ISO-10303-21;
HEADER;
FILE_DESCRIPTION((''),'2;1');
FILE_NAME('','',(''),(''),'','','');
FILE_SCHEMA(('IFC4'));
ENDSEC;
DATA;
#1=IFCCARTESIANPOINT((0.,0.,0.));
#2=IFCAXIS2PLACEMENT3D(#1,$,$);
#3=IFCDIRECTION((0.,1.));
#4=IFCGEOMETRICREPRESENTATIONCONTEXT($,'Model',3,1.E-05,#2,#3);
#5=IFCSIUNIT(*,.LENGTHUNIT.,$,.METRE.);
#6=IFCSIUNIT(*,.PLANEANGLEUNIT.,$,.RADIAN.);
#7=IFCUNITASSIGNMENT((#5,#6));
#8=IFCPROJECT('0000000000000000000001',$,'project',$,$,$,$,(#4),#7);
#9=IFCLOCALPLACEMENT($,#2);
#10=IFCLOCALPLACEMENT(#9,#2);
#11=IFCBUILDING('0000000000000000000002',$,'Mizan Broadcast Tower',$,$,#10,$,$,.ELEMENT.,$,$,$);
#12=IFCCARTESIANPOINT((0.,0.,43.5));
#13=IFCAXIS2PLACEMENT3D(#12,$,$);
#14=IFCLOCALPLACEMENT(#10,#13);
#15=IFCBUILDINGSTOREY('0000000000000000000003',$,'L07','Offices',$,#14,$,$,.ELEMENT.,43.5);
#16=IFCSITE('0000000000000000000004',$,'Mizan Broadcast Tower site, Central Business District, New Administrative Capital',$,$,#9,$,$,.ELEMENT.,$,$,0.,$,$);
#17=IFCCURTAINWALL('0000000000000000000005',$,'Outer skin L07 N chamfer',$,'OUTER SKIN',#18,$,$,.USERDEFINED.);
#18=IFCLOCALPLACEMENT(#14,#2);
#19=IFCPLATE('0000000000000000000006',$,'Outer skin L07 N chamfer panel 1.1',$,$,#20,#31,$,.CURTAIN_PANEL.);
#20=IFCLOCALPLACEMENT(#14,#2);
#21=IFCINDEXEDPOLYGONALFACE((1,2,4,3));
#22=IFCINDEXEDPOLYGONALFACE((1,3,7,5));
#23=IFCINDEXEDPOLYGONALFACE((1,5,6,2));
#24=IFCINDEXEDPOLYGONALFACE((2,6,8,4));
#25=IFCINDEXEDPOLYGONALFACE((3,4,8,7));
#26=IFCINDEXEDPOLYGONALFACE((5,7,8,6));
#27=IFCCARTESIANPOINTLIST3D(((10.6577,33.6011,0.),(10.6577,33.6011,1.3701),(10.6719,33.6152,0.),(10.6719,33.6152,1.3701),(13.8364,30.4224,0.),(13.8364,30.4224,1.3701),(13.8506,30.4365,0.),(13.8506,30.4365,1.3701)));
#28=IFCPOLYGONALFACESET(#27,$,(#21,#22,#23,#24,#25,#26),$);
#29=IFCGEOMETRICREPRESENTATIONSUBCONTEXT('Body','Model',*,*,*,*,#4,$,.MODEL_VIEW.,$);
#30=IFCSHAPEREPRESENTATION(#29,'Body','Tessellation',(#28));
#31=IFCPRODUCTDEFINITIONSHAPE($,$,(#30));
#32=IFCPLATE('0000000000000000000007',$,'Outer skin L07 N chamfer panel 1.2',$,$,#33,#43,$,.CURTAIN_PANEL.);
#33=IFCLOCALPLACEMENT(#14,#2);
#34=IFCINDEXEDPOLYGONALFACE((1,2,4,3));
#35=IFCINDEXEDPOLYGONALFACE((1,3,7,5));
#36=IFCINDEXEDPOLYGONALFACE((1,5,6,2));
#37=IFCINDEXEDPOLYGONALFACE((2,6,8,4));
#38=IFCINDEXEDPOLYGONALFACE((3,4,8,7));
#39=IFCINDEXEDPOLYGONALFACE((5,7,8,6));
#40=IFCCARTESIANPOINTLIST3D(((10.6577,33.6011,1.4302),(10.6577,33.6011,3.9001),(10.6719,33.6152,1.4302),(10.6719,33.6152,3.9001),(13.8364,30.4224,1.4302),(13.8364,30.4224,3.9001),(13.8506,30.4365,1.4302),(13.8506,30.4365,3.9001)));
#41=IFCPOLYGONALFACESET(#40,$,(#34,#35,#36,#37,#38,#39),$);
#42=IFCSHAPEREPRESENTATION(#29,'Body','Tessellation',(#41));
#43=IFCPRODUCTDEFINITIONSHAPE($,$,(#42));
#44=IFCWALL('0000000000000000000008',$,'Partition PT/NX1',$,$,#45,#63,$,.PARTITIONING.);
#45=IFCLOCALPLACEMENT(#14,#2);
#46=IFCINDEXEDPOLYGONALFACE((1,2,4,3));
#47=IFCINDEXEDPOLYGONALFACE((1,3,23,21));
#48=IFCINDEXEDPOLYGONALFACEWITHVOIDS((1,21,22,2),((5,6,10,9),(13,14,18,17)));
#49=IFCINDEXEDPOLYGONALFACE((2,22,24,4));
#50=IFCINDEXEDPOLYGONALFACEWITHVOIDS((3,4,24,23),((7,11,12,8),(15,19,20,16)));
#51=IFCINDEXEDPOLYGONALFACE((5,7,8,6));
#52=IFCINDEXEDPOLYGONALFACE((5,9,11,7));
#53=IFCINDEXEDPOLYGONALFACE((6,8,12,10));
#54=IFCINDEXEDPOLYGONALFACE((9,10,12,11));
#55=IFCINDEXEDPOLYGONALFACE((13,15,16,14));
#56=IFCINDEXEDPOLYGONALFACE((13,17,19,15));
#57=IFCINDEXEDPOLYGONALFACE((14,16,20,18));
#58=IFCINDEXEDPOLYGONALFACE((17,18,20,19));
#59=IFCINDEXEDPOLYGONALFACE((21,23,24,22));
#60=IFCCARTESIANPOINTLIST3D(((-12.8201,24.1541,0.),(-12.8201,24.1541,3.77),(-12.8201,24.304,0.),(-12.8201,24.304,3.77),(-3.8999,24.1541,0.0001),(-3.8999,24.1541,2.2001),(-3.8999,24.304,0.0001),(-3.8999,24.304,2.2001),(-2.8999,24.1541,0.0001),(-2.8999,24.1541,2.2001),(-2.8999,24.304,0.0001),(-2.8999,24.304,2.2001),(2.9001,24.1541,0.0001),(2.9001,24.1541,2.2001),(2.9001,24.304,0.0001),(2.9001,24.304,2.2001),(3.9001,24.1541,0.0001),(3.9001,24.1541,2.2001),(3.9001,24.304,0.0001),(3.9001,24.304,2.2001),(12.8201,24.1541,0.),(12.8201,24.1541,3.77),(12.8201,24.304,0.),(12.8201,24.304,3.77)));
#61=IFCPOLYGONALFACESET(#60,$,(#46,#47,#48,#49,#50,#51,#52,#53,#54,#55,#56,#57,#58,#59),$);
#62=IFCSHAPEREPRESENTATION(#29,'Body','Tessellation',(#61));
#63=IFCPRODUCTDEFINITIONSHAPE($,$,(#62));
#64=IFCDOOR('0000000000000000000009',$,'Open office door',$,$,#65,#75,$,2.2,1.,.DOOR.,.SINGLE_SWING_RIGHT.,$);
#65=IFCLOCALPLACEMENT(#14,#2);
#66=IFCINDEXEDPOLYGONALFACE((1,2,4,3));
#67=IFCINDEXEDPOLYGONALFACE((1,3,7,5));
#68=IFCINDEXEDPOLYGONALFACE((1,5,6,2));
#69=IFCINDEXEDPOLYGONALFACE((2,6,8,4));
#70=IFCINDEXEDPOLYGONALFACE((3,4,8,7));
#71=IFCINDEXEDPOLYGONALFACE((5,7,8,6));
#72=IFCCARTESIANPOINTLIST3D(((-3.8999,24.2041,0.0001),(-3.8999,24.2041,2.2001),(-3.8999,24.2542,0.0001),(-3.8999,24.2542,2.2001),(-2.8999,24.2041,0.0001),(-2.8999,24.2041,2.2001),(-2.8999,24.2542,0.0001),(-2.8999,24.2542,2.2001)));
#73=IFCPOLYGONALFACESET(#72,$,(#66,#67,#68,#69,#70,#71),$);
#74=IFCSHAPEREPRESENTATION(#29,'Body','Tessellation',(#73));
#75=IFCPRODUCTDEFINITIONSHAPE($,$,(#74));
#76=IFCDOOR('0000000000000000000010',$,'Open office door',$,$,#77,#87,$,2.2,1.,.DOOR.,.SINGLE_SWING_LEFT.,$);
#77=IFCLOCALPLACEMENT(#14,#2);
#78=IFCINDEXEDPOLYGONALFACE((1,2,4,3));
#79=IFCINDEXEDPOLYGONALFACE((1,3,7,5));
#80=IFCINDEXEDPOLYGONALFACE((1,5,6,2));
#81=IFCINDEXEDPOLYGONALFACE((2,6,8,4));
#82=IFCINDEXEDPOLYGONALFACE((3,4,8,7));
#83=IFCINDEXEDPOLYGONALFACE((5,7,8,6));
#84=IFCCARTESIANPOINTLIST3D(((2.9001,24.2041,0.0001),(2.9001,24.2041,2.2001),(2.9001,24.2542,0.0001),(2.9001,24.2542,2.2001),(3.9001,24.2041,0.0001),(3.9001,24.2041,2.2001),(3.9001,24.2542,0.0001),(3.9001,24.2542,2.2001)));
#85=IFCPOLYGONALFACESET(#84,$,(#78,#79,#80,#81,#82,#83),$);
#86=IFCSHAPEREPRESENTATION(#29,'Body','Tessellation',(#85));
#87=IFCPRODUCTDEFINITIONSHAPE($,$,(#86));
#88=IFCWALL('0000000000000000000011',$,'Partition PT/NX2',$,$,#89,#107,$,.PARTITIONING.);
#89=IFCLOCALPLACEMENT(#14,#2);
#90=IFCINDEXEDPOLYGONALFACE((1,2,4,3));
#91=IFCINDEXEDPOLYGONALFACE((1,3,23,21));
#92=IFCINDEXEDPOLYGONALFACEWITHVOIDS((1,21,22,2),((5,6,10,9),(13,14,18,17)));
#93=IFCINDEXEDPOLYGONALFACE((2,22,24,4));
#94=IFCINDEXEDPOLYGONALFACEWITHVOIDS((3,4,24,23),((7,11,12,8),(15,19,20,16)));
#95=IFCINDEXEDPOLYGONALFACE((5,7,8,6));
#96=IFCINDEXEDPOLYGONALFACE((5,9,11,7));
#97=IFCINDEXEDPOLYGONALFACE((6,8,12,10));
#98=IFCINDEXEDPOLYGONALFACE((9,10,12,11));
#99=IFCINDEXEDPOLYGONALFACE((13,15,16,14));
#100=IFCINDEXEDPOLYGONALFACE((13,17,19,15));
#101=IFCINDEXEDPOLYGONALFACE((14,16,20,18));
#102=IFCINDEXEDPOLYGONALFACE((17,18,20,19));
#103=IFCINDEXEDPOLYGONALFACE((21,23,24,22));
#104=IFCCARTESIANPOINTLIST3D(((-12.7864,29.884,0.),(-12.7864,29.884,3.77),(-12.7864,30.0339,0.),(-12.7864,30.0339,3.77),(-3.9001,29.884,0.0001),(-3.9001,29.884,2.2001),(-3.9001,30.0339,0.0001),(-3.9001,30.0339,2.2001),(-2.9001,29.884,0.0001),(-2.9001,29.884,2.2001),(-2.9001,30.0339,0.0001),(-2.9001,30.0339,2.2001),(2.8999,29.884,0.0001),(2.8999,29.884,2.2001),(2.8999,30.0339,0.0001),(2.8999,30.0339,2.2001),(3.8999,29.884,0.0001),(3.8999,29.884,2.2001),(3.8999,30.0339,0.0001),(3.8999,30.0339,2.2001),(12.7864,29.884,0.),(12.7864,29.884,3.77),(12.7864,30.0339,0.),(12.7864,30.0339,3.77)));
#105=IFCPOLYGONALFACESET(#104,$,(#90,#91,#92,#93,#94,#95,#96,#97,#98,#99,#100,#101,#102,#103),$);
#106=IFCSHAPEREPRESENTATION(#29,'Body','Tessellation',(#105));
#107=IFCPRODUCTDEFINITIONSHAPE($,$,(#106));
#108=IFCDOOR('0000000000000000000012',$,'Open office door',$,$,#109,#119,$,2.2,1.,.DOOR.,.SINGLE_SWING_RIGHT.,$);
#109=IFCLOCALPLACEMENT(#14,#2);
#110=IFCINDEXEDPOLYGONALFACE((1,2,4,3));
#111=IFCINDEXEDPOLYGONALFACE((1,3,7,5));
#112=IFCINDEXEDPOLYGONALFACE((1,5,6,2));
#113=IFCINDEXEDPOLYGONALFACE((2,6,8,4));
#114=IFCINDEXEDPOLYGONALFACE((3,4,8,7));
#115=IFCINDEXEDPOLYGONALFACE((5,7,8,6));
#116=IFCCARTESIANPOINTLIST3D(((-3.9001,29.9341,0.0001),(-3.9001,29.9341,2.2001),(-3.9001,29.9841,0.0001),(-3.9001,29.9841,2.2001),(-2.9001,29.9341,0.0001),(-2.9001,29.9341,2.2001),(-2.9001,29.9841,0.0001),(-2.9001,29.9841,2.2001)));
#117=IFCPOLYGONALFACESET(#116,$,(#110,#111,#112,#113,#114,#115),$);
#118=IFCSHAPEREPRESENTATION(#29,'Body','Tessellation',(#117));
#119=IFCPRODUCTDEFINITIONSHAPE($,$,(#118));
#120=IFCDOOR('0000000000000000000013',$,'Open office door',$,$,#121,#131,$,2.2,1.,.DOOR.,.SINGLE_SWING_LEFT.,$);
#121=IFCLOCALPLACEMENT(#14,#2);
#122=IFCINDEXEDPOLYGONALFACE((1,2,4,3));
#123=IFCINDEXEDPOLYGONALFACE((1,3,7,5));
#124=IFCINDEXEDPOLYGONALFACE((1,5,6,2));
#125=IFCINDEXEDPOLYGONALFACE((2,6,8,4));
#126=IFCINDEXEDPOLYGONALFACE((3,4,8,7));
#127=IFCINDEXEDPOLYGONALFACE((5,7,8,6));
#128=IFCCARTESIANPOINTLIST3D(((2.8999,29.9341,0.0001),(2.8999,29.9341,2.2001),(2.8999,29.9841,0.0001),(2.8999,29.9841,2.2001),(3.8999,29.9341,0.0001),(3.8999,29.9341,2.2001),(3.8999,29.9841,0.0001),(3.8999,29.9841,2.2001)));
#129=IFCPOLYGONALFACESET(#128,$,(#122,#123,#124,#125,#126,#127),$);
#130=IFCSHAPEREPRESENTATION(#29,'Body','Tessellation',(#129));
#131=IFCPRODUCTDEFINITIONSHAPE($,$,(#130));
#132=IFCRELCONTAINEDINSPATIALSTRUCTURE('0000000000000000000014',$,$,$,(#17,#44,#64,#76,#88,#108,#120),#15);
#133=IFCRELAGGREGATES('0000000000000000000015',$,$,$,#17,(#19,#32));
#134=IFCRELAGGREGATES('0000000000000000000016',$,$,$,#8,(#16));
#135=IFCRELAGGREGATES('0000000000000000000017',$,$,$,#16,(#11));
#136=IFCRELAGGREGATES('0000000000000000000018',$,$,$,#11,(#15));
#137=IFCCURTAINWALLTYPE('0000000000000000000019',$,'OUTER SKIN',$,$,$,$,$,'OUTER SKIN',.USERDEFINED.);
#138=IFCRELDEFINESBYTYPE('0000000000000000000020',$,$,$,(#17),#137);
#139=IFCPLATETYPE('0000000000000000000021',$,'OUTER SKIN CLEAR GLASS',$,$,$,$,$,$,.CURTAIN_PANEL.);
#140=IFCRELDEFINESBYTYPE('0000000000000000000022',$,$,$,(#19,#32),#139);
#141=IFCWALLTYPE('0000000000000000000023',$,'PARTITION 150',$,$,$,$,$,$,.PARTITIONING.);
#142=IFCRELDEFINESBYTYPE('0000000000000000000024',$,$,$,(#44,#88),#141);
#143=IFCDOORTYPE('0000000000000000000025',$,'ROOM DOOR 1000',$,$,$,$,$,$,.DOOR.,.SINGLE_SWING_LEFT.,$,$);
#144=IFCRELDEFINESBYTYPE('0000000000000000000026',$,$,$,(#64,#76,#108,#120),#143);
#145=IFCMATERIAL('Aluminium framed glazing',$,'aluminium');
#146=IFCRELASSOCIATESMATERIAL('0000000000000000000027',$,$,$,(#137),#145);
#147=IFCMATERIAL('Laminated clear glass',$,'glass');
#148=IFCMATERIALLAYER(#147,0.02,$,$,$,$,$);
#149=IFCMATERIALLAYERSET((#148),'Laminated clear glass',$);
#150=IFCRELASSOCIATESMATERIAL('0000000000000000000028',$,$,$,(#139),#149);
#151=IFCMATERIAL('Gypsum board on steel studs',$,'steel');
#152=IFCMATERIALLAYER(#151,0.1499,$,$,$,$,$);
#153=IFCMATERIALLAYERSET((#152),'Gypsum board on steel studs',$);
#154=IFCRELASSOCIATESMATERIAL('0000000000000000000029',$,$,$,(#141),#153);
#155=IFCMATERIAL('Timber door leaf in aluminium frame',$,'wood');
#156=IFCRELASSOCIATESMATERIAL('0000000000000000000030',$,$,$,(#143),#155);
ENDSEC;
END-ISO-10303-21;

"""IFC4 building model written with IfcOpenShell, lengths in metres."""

from ifc_helpers import new_model, si_unit, direction, frame, frame_2d, origin, origin_2d, place, context, subcontext, project, spatial, rectangle, extrude, material, layer, layer_set, type_object, element, fill, aggregate, save


model = new_model("IFC4")

# Units and contexts
model_context = context("Model", 3, precision=1e-05, world=origin(), true_north=direction((0.0, 1.0)))
body_context = subcontext(model_context, "Body", "Model", "MODEL_VIEW")
ifc_project = project(units=[si_unit("LENGTHUNIT", "METRE"), si_unit("PLANEANGLEUNIT", "RADIAN")], contexts=[model_context])

# Site, building, storey
site_placement = place(None, origin())
site = spatial("IfcSite", under=ifc_project, at=site_placement, Name="Mizan Broadcast Tower site, Central Business District, New Administrative Capital", CompositionType="ELEMENT", RefElevation=0.0)
building_placement = place(site_placement, origin())
building = spatial("IfcBuilding", under=site, at=building_placement, Name="Mizan Broadcast Tower", CompositionType="ELEMENT")
storey_placement = place(building_placement, frame((0.0, 0.0, 43.5)))
storey = spatial("IfcBuildingStorey", under=building, at=storey_placement, Name="L07", Description="Offices", CompositionType="ELEMENT", Elevation=43.5)

# Curtain wall
ifc_material_1 = material(Name="Aluminium framed glazing", Category="aluminium")
curtain_wall_type_1 = type_object("IfcCurtainWallType", Name="OUTER SKIN", ElementType="OUTER SKIN", PredefinedType="USERDEFINED", material=ifc_material_1)
curtain_wall_1_placement = place(storey_placement, origin())
curtain_wall_1 = element("IfcCurtainWall", 1, at=curtain_wall_1_placement, inside=storey, type_object=curtain_wall_type_1, Name="Outer skin L07 N chamfer", ObjectType="OUTER SKIN", PredefinedType="USERDEFINED")

# Plates
ifc_material_2 = material(Name="Laminated clear glass", Category="glass")
ifc_layer_1 = layer(ifc_material_2, 0.02)
ifc_layer_set_1 = layer_set([ifc_layer_1], Name="Laminated clear glass")
plate_type_1 = type_object("IfcPlateType", Name="OUTER SKIN CLEAR GLASS", PredefinedType="CURTAIN_PANEL", material=ifc_layer_set_1)
plate_1_placement = place(storey_placement, frame((12.2542, 32.0188, 0.0), z_axis=(0.0, 0.0, 1.0), x_axis=(-0.707107, 0.707107, 0.0)))
plate_1 = element("IfcPlate", 2, at=plate_1_placement, type_object=plate_type_1, Name="Outer skin L07 N chamfer panel 1.1", PredefinedType="CURTAIN_PANEL", context=body_context, shape_type="SweptSolid", body=[
    extrude(rectangle(XDim=4.4954, YDim=0.02, at=origin_2d()), origin(), (0.0, 0.0, 1.0), 1.3701),
])
plate_2_placement = place(storey_placement, frame((12.2542, 32.0188, 1.4302), z_axis=(0.0, 0.0, 1.0), x_axis=(-0.707107, 0.707107, 0.0)))
plate_2 = element("IfcPlate", 3, at=plate_2_placement, type_object=plate_type_1, Name="Outer skin L07 N chamfer panel 1.2", PredefinedType="CURTAIN_PANEL", context=body_context, shape_type="SweptSolid", body=[
    extrude(rectangle(XDim=4.4954, YDim=0.02, at=origin_2d()), origin(), (0.0, 0.0, 1.0), 2.47),
])
aggregate(curtain_wall_1, [plate_1, plate_2])

# Walls, openings, doors
ifc_material_3 = material(Name="Gypsum board on steel studs", Category="steel")
ifc_layer_2 = layer(ifc_material_3, 0.1499)
ifc_layer_set_2 = layer_set([ifc_layer_2], Name="Gypsum board on steel studs")
wall_type = type_object("IfcWallType", Name="PARTITION 150", PredefinedType="PARTITIONING", material=ifc_layer_set_2)
wall_1_placement = place(storey_placement, frame((12.8201, 24.229, 0.0), z_axis=(0.0, 0.0, 1.0), x_axis=(-1.0, 0.0, 0.0)))
wall_1 = element("IfcWall", 4, at=wall_1_placement, inside=storey, type_object=wall_type, Name="Partition PT/NX1", PredefinedType="PARTITIONING", context=body_context, shape_type="SweptSolid", body=[
    extrude(rectangle(XDim=25.6401, YDim=0.1499, at=frame_2d((12.8201, 0.0))), origin(), (0.0, 0.0, 1.0), 3.77),
])
opening_1_placement = place(wall_1_placement, frame((15.72, 0.0, 0.0)))
opening_1 = element("IfcOpeningElement", 5, at=opening_1_placement, cuts=wall_1, PredefinedType="OPENING", context=body_context, shape_type="SweptSolid", body=[
    extrude(rectangle(XDim=1.0, YDim=2.2, at=frame_2d((0.5, 1.1001))), frame((0.0, 0.085, 0.0), z_axis=(0.0, -1.0, 0.0), x_axis=(1.0, 0.0, 0.0)), (0.0, 0.0, 1.0), 0.1699),
])
opening_2_placement = place(wall_1_placement, frame((8.9199, 0.0, 0.0)))
opening_2 = element("IfcOpeningElement", 6, at=opening_2_placement, cuts=wall_1, PredefinedType="OPENING", context=body_context, shape_type="SweptSolid", body=[
    extrude(rectangle(XDim=1.0, YDim=2.2, at=frame_2d((0.5, 1.1001))), frame((0.0, 0.085, 0.0), z_axis=(0.0, -1.0, 0.0), x_axis=(1.0, 0.0, 0.0)), (0.0, 0.0, 1.0), 0.1699),
])
ifc_material_4 = material(Name="Timber door leaf in aluminium frame", Category="wood")
door_type = type_object("IfcDoorType", Name="ROOM DOOR 1000", OperationType="SINGLE_SWING_LEFT", PredefinedType="DOOR", material=ifc_material_4)
door_1_placement = place(opening_1_placement, origin())
door_1 = element("IfcDoor", 7, at=door_1_placement, inside=storey, type_object=door_type, Name="Open office door", OperationType="SINGLE_SWING_RIGHT", OverallHeight=2.2, OverallWidth=1.0, PredefinedType="DOOR", context=body_context, shape_type="SweptSolid", body=[
    extrude(rectangle(XDim=1.0, YDim=2.2, at=frame_2d((0.5, 1.1001))), frame((0.0, 0.0249, 0.0), z_axis=(0.0, -1.0, 0.0), x_axis=(1.0, 0.0, 0.0)), (0.0, 0.0, 1.0), 0.05),
])
fill(opening_1, door_1)
door_2_placement = place(opening_2_placement, origin())
door_2 = element("IfcDoor", 8, at=door_2_placement, inside=storey, type_object=door_type, Name="Open office door", OperationType="SINGLE_SWING_LEFT", OverallHeight=2.2, OverallWidth=1.0, PredefinedType="DOOR", context=body_context, shape_type="SweptSolid", body=[
    extrude(rectangle(XDim=1.0, YDim=2.2, at=frame_2d((0.5, 1.1001))), frame((0.0, 0.0249, 0.0), z_axis=(0.0, -1.0, 0.0), x_axis=(1.0, 0.0, 0.0)), (0.0, 0.0, 1.0), 0.05),
])
fill(opening_2, door_2)
wall_2_placement = place(storey_placement, frame((12.7864, 29.959, 0.0), z_axis=(0.0, 0.0, 1.0), x_axis=(-1.0, 0.0, 0.0)))
wall_2 = element("IfcWall", 9, at=wall_2_placement, inside=storey, type_object=wall_type, Name="Partition PT/NX2", PredefinedType="PARTITIONING", context=body_context, shape_type="SweptSolid", body=[
    extrude(rectangle(XDim=25.5728, YDim=0.1499, at=frame_2d((12.7864, 0.0))), origin(), (0.0, 0.0, 1.0), 3.77),
])
opening_3_placement = place(wall_2_placement, frame((15.6865, 0.0, 0.0)))
opening_3 = element("IfcOpeningElement", 10, at=opening_3_placement, cuts=wall_2, PredefinedType="OPENING", context=body_context, shape_type="SweptSolid", body=[
    extrude(rectangle(XDim=1.0, YDim=2.2, at=frame_2d((0.5, 1.1001))), frame((0.0, 0.085, 0.0), z_axis=(0.0, -1.0, 0.0), x_axis=(1.0, 0.0, 0.0)), (0.0, 0.0, 1.0), 0.1699),
])
opening_4_placement = place(wall_2_placement, frame((8.8865, 0.0, 0.0)))
opening_4 = element("IfcOpeningElement", 11, at=opening_4_placement, cuts=wall_2, PredefinedType="OPENING", context=body_context, shape_type="SweptSolid", body=[
    extrude(rectangle(XDim=1.0, YDim=2.2, at=frame_2d((0.5, 1.1001))), frame((0.0, 0.085, 0.0), z_axis=(0.0, -1.0, 0.0), x_axis=(1.0, 0.0, 0.0)), (0.0, 0.0, 1.0), 0.1699),
])
door_3_placement = place(opening_3_placement, origin())
door_3 = element("IfcDoor", 12, at=door_3_placement, inside=storey, type_object=door_type, Name="Open office door", OperationType="SINGLE_SWING_RIGHT", OverallHeight=2.2, OverallWidth=1.0, PredefinedType="DOOR", context=body_context, shape_type="SweptSolid", body=[
    extrude(rectangle(XDim=1.0, YDim=2.2, at=frame_2d((0.5, 1.1001))), frame((0.0, 0.0249, 0.0), z_axis=(0.0, -1.0, 0.0), x_axis=(1.0, 0.0, 0.0)), (0.0, 0.0, 1.0), 0.05),
])
fill(opening_3, door_3)
door_4_placement = place(opening_4_placement, origin())
door_4 = element("IfcDoor", 13, at=door_4_placement, inside=storey, type_object=door_type, Name="Open office door", OperationType="SINGLE_SWING_LEFT", OverallHeight=2.2, OverallWidth=1.0, PredefinedType="DOOR", context=body_context, shape_type="SweptSolid", body=[
    extrude(rectangle(XDim=1.0, YDim=2.2, at=frame_2d((0.5, 1.1001))), frame((0.0, 0.0249, 0.0), z_axis=(0.0, -1.0, 0.0), x_axis=(1.0, 0.0, 0.0)), (0.0, 0.0, 1.0), 0.05),
])
fill(opening_4, door_4)

save(model, "model.ifc")
